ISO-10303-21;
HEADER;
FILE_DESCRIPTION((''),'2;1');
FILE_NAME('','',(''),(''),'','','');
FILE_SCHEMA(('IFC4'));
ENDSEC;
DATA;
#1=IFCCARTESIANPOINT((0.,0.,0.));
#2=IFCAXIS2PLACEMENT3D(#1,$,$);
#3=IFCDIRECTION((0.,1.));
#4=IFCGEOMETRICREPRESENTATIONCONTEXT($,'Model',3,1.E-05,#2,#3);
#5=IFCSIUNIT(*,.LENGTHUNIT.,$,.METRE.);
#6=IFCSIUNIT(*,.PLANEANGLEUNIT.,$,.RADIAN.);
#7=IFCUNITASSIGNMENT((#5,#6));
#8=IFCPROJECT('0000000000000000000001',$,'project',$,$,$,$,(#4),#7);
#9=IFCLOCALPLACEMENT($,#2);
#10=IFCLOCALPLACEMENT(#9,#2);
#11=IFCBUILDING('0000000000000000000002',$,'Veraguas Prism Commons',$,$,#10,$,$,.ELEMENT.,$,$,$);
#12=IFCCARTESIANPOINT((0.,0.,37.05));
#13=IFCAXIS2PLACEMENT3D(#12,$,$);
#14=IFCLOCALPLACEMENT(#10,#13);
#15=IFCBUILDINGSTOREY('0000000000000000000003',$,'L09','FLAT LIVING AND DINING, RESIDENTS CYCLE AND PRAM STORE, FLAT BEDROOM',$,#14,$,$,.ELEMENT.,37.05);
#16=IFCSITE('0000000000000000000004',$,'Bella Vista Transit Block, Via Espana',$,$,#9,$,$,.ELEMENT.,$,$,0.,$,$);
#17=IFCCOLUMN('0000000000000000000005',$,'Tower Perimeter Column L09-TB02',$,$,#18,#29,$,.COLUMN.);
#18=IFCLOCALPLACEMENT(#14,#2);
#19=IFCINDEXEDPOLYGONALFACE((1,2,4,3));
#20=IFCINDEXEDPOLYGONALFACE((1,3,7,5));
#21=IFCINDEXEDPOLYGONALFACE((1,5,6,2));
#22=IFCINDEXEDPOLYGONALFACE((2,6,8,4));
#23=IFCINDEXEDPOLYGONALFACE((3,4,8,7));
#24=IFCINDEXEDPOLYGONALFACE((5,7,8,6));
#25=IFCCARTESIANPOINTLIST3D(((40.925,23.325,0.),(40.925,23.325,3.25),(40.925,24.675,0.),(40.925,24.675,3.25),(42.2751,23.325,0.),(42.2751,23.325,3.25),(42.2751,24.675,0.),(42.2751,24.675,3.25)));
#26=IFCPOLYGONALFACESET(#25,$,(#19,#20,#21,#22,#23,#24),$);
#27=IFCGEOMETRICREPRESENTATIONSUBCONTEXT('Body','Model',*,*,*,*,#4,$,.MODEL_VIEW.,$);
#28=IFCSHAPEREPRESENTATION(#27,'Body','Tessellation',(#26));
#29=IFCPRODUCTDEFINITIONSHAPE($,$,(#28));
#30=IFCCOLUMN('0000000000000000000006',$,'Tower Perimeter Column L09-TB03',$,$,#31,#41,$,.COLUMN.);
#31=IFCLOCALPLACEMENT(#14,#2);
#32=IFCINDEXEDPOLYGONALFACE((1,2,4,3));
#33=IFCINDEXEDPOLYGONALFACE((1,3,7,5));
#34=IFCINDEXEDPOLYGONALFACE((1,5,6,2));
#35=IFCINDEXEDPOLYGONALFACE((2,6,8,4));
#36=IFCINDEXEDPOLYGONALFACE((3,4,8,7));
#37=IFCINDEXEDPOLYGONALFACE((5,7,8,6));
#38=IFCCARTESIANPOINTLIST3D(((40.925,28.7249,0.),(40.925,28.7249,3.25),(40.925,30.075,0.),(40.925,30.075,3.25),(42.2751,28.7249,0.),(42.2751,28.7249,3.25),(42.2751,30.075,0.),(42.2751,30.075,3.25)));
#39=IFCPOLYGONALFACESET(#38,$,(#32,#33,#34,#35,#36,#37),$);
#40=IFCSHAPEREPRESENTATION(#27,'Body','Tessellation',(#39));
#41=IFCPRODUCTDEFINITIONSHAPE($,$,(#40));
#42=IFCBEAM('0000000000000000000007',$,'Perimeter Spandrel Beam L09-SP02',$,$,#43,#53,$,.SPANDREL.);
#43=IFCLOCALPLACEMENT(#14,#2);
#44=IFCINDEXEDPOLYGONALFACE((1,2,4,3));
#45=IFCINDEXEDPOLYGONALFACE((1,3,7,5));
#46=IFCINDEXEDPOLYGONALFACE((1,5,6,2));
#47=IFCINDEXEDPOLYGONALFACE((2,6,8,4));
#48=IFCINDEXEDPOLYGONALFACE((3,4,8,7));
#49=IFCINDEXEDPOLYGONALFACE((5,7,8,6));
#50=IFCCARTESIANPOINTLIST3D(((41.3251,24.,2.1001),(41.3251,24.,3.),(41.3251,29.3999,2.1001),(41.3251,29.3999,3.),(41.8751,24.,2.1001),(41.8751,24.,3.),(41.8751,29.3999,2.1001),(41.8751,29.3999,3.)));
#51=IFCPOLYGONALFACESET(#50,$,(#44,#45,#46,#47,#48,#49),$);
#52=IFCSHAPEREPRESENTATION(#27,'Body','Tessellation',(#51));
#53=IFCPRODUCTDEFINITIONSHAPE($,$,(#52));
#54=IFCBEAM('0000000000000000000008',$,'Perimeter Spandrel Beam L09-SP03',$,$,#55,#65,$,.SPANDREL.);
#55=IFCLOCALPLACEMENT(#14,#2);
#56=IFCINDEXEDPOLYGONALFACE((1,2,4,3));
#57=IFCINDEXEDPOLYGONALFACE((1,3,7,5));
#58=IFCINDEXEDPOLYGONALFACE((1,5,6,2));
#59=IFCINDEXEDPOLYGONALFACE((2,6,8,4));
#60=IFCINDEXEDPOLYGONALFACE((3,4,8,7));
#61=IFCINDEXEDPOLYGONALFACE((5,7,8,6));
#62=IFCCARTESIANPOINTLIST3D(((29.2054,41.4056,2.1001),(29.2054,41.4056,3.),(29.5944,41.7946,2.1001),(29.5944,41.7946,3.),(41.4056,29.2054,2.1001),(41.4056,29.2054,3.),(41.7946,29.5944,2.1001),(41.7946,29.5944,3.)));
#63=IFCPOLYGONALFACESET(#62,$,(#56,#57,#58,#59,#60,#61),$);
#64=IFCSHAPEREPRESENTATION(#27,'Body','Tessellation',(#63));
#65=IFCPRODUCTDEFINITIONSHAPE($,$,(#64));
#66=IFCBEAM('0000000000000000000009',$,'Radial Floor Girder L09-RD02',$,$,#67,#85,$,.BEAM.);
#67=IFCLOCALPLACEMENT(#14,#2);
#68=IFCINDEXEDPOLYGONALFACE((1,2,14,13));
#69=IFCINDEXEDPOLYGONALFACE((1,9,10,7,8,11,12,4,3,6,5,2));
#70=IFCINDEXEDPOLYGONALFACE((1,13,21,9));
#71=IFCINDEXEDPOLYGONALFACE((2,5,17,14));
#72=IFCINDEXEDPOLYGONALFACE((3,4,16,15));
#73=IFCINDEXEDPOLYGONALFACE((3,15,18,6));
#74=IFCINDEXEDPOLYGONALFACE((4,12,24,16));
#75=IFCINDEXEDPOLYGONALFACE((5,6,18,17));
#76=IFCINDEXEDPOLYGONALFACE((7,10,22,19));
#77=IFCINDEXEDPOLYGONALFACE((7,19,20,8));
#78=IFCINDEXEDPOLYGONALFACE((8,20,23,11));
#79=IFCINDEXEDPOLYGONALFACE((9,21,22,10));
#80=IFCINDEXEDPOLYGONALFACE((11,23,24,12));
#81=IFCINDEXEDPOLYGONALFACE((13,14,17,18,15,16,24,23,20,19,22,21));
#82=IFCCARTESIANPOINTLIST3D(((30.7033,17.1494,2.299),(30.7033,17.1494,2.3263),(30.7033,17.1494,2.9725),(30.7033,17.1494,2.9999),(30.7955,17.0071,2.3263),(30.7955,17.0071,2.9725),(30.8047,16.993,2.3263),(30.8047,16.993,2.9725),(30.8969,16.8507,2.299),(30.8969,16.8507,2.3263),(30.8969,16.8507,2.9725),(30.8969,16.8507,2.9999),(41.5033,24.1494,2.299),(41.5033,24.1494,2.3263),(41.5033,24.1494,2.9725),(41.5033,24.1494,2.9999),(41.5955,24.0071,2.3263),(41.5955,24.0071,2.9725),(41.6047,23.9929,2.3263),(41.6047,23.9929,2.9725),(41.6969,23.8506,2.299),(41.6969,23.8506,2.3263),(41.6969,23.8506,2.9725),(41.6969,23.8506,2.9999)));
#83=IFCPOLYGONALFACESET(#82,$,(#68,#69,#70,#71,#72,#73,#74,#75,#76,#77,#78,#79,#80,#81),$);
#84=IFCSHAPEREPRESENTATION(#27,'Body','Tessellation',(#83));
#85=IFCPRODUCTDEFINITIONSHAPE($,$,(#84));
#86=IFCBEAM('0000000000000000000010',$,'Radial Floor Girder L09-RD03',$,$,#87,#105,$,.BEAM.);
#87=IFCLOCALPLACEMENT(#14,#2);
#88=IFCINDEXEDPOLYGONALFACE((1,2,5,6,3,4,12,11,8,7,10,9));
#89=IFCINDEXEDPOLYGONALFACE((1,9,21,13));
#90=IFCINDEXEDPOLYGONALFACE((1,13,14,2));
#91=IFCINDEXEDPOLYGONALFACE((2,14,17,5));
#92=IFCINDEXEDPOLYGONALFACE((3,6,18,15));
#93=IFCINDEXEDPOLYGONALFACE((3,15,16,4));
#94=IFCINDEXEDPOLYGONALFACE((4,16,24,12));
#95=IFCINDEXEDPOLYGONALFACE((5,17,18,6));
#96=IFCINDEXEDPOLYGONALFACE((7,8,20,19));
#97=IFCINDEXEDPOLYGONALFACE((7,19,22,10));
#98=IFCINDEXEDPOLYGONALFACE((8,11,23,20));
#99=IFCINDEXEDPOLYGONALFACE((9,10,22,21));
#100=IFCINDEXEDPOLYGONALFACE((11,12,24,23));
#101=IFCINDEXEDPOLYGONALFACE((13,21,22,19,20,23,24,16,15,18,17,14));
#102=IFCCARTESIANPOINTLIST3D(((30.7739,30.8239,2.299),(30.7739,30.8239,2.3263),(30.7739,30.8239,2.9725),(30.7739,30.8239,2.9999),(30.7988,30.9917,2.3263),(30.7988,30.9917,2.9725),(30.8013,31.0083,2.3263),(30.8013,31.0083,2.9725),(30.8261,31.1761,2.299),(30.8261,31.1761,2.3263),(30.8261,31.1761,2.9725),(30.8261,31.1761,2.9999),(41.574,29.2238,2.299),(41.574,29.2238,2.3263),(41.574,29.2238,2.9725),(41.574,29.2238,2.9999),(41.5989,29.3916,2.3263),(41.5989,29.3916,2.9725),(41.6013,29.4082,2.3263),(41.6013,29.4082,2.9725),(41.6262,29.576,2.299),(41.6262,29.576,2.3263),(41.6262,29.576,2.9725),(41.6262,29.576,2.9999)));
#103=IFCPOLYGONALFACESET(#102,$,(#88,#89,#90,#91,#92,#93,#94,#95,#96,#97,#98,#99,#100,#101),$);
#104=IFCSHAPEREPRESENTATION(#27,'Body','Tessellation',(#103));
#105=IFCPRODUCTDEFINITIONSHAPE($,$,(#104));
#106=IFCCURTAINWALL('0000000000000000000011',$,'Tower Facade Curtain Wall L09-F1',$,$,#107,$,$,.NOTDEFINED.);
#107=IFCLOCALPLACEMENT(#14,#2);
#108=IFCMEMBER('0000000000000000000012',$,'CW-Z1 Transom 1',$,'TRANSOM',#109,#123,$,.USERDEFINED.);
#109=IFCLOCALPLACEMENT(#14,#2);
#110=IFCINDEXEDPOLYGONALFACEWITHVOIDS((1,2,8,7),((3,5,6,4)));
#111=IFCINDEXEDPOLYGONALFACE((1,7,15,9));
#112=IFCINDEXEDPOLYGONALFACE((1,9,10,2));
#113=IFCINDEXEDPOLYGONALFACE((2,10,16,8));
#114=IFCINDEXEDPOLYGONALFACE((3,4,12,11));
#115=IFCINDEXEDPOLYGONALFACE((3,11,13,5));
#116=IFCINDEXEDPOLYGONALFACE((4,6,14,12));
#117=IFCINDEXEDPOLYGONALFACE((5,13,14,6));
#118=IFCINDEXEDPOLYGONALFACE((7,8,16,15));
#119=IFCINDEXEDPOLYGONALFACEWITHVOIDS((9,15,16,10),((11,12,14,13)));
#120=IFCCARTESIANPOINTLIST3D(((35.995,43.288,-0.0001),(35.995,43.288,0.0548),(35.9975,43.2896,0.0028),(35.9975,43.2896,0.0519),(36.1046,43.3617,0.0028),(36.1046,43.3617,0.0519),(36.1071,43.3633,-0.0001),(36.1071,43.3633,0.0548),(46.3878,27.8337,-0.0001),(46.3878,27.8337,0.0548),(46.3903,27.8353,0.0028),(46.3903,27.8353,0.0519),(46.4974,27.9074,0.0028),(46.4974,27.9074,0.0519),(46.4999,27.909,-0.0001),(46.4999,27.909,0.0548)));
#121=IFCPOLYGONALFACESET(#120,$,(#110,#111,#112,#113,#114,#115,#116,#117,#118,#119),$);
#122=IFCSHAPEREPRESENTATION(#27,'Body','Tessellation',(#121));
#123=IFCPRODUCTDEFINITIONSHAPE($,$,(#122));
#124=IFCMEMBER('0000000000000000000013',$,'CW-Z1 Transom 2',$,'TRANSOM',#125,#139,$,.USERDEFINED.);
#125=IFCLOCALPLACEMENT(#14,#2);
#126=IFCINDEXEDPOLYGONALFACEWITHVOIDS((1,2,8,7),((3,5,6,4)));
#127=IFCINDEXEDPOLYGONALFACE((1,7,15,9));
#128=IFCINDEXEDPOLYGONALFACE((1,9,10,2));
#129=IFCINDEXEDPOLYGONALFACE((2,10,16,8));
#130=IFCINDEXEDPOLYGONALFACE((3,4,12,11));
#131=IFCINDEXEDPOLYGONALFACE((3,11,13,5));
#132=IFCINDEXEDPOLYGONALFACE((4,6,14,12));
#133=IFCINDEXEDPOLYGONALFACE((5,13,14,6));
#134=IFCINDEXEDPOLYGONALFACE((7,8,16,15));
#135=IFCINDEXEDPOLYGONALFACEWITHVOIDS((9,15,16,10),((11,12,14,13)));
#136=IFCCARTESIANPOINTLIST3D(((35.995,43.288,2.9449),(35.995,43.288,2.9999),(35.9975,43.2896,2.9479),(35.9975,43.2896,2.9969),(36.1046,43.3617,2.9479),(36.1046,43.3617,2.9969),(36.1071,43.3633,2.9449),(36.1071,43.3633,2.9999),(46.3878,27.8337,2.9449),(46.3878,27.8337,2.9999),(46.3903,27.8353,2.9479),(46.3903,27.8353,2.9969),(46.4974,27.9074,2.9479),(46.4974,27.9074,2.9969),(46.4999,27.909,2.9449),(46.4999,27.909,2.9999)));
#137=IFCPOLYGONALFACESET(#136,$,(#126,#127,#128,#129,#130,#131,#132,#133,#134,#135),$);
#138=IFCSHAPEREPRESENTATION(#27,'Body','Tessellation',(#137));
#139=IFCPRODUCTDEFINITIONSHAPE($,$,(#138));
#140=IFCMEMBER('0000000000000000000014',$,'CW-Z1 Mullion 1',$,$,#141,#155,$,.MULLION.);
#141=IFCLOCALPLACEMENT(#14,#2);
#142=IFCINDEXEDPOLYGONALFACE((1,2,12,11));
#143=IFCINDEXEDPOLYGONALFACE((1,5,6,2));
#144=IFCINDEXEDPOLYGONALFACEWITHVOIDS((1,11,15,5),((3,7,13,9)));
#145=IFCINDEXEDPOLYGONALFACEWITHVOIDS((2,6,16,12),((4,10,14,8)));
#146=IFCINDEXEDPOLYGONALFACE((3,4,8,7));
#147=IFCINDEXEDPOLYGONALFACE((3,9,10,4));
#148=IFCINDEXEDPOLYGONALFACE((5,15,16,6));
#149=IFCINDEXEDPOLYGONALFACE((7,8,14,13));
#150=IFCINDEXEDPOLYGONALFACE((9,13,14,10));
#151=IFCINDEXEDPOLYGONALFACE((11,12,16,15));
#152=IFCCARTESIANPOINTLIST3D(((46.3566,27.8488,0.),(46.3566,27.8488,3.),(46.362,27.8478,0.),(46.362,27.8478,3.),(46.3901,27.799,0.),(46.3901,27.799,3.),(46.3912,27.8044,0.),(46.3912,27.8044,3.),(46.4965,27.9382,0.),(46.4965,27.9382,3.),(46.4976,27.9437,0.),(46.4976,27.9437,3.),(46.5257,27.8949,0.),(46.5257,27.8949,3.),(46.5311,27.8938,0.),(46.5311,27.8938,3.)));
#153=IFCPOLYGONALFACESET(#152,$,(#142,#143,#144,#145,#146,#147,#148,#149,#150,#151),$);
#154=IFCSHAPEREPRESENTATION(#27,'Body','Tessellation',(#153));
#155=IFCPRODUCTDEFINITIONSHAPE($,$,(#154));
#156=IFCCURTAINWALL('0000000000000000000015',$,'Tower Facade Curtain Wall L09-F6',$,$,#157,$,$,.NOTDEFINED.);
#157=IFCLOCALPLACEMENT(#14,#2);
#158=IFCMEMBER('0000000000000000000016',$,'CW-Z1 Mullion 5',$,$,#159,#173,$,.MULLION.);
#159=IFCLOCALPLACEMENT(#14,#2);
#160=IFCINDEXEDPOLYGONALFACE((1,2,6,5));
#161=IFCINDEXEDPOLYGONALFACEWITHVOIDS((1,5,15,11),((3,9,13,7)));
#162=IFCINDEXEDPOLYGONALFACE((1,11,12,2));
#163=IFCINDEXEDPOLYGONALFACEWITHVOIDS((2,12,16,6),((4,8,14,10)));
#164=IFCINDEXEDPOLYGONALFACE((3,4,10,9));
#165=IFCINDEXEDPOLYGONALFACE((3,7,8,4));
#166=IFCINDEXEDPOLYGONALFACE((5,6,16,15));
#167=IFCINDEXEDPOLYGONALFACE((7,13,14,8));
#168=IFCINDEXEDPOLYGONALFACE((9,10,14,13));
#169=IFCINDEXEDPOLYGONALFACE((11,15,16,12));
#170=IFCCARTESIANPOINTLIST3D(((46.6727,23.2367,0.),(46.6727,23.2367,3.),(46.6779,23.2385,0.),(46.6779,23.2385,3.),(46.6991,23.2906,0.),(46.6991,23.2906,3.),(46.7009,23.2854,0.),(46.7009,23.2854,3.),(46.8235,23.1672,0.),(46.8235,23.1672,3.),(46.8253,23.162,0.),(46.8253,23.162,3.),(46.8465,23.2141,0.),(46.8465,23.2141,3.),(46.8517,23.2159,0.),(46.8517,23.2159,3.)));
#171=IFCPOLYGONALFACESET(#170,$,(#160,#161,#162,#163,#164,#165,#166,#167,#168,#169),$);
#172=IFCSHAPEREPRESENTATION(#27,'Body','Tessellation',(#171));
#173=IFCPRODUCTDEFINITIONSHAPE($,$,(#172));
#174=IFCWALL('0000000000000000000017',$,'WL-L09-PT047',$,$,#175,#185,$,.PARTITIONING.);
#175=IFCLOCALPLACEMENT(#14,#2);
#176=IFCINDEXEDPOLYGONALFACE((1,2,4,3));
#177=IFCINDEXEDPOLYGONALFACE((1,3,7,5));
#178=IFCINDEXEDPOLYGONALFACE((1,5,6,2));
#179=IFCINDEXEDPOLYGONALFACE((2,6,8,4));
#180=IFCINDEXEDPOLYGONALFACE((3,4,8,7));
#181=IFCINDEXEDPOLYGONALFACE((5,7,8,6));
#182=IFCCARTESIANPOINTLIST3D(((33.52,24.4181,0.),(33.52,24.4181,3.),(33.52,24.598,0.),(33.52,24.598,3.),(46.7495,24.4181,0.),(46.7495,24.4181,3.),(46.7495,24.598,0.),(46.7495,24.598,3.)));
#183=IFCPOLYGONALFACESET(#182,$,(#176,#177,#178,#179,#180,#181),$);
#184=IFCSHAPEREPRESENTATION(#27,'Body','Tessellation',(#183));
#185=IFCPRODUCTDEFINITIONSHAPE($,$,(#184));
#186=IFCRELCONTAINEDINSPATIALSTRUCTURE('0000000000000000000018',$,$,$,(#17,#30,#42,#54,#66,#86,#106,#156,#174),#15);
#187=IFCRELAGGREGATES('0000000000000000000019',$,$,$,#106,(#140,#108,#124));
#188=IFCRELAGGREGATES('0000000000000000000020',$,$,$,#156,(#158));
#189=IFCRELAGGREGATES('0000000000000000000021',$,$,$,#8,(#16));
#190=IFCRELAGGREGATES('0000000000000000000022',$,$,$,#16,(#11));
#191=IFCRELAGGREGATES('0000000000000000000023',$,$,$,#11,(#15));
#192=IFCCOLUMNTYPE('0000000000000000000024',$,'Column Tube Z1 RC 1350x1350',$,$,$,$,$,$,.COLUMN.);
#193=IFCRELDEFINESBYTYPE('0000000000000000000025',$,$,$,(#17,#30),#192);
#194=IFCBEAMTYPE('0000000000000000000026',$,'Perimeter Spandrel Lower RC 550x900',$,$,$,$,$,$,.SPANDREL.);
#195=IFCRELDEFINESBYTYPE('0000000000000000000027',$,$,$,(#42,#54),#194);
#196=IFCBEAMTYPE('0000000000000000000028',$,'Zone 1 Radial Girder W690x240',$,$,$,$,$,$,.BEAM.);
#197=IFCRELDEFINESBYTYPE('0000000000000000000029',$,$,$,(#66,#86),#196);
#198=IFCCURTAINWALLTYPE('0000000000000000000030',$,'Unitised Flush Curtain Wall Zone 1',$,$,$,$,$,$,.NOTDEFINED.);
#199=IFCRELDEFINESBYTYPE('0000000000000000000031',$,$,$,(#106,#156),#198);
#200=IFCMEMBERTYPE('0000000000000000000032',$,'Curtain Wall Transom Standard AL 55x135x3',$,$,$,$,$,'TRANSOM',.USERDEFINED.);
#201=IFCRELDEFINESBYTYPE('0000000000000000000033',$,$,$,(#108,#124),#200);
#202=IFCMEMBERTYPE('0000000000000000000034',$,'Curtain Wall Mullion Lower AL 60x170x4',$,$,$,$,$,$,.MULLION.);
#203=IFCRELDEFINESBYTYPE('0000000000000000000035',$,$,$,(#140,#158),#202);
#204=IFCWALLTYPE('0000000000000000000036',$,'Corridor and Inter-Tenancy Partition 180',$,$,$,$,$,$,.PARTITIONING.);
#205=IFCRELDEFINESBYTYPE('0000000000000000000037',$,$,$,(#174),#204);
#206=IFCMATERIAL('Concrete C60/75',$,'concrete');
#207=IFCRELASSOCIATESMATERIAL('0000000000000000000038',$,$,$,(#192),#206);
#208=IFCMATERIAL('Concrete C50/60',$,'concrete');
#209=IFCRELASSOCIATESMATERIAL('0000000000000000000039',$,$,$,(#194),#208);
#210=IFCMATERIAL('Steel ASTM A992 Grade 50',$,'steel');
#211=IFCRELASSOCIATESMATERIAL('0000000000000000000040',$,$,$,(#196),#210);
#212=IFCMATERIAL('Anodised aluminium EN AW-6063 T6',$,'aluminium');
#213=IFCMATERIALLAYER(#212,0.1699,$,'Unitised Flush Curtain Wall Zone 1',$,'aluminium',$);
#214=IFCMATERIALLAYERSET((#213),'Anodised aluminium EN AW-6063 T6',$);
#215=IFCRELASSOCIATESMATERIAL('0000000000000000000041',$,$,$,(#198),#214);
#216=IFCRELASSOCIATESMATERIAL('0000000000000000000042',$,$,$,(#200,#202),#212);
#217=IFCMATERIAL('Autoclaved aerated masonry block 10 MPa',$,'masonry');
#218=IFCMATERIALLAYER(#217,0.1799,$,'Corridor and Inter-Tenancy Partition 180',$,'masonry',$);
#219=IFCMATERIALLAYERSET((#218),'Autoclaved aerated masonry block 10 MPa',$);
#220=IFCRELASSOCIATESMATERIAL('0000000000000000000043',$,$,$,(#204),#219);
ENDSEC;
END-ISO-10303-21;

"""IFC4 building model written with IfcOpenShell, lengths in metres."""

from ifc_helpers import new_model, si_unit, direction, frame, frame_2d, origin, origin_2d, place, context, subcontext, project, spatial, rectangle, hollow_rectangle, i_section, extrude, source, transform, mapped, material, layer, layer_set, material_profile, profile_set, type_object, element, aggregate, save


model = new_model("IFC4")

# Units and contexts
model_context = context("Model", 3, precision=1e-05, world=origin(), true_north=direction((0.0, 1.0)))
body_context = subcontext(model_context, "Body", "Model", "MODEL_VIEW")
ifc_project = project(units=[si_unit("LENGTHUNIT", "METRE"), si_unit("PLANEANGLEUNIT", "RADIAN")], contexts=[model_context])

# Site, building, storey
site_placement = place(None, origin())
site = spatial("IfcSite", under=ifc_project, at=site_placement, Name="Bella Vista Transit Block, Via Espana", CompositionType="ELEMENT", RefElevation=0.0)
building_placement = place(site_placement, origin())
building = spatial("IfcBuilding", under=site, at=building_placement, Name="Veraguas Prism Commons", CompositionType="ELEMENT")
storey_placement = place(building_placement, frame((0.0, 0.0, 37.05)))
storey = spatial("IfcBuildingStorey", under=building, at=storey_placement, Name="L09", Description="FLAT LIVING AND DINING, RESIDENTS CYCLE AND PRAM STORE, FLAT BEDROOM", CompositionType="ELEMENT", Elevation=37.05)

# Columns
ifc_material_1 = material(Name="Concrete C60/75", Category="concrete")
ifc_material_profile_1 = material_profile(ifc_material_1, rectangle(XDim=1.3501, YDim=1.3501, at=origin_2d()), Name="RC1350X1350")
ifc_profile_set_1 = profile_set([ifc_material_profile_1], Name="Concrete C60/75")
column_type = type_object("IfcColumnType", Name="Column Tube Z1 RC 1350x1350", PredefinedType="COLUMN", material=ifc_profile_set_1)
for number, where, z_axis, x_axis, name in (
    (1, (41.6001, 24.0, 0.0), (0.0, 0.0, 1.0), (1.0, 0.0, 0.0), "Tower Perimeter Column L09-TB02"),
    (2, (41.6001, 29.3999, 0.0), (0.0, 0.0, 1.0), (1.0, 0.0, 0.0), "Tower Perimeter Column L09-TB03"),
):
    element("IfcColumn", number, at=place(storey_placement, frame(where, z_axis=z_axis, x_axis=x_axis)), inside=storey, type_object=column_type, Name=name, PredefinedType="COLUMN", context=body_context, shape_type="SweptSolid", body=[
        extrude(rectangle(XDim=1.3501, YDim=1.3501, at=origin_2d()), origin(), (0.0, 0.0, 1.0), 3.25),
    ])

# Beams
ifc_material_2 = material(Name="Concrete C50/60", Category="concrete")
ifc_material_profile_2 = material_profile(ifc_material_2, rectangle(XDim=0.55, YDim=0.8999, at=origin_2d()), Name="RC550X900")
ifc_profile_set_2 = profile_set([ifc_material_profile_2], Name="Concrete C50/60")
beam_type_1 = type_object("IfcBeamType", Name="Perimeter Spandrel Lower RC 550x900", PredefinedType="SPANDREL", material=ifc_profile_set_2)
beam_1_placement = place(storey_placement, frame((41.6001, 24.0, 2.55), z_axis=(0.0, 1.0, 0.0), x_axis=(-1.0, 0.0, 0.0)))
element("IfcBeam", 3, at=beam_1_placement, inside=storey, type_object=beam_type_1, Name="Perimeter Spandrel Beam L09-SP02", PredefinedType="SPANDREL", context=body_context, shape_type="SweptSolid", body=[
    extrude(rectangle(XDim=0.55, YDim=0.8999, at=origin_2d()), origin(), (0.0, 0.0, 1.0), 5.3999),
])
beam_2_placement = place(storey_placement, frame((41.6001, 29.3999, 2.55), z_axis=(-0.707107, 0.707107, 0.0), x_axis=(-0.707107, -0.707107, 0.0)))
element("IfcBeam", 4, at=beam_2_placement, inside=storey, type_object=beam_type_1, Name="Perimeter Spandrel Beam L09-SP03", PredefinedType="SPANDREL", context=body_context, shape_type="SweptSolid", body=[
    extrude(rectangle(XDim=0.55, YDim=0.8999, at=origin_2d()), origin(), (0.0, 0.0, 1.0), 17.2537),
])
ifc_material_3 = material(Name="Steel ASTM A992 Grade 50", Category="steel")
ifc_material_profile_3 = material_profile(ifc_material_3, i_section(OverallWidth=0.356, OverallDepth=0.7009, WebThickness=0.0168, FlangeThickness=0.0273, at=origin_2d()), Name="W690X240")
ifc_profile_set_3 = profile_set([ifc_material_profile_3], Name="Steel ASTM A992 Grade 50")
beam_type_2 = type_object("IfcBeamType", Name="Zone 1 Radial Girder W690x240", PredefinedType="BEAM", material=ifc_profile_set_3)
beam_3_placement = place(storey_placement, frame((41.6001, 24.0, 2.6494), z_axis=(-0.839154, -0.543894, 0.0), x_axis=(0.543894, -0.839154, 0.0)))
element("IfcBeam", 5, at=beam_3_placement, inside=storey, type_object=beam_type_2, Name="Radial Floor Girder L09-RD02", PredefinedType="BEAM", context=body_context, shape_type="SweptSolid", body=[
    extrude(i_section(OverallWidth=0.356, OverallDepth=0.7009, WebThickness=0.0168, FlangeThickness=0.0273, at=origin_2d()), origin(), (0.0, 0.0, 1.0), 12.8701),
])
beam_4_placement = place(storey_placement, frame((41.6001, 29.3999, 2.6494), z_axis=(-0.989202, 0.146557, 0.0), x_axis=(-0.146557, -0.989202, 0.0)))
element("IfcBeam", 6, at=beam_4_placement, inside=storey, type_object=beam_type_2, Name="Radial Floor Girder L09-RD03", PredefinedType="BEAM", context=body_context, shape_type="SweptSolid", body=[
    extrude(i_section(OverallWidth=0.356, OverallDepth=0.7009, WebThickness=0.0168, FlangeThickness=0.0273, at=origin_2d()), origin(), (0.0, 0.0, 1.0), 10.918),
])

# Curtain wall, members
ifc_material_4 = material(Name="Anodised aluminium EN AW-6063 T6", Category="aluminium")
ifc_layer_1 = layer(ifc_material_4, 0.1699, Name="Unitised Flush Curtain Wall Zone 1", Category="aluminium")
ifc_layer_set_1 = layer_set([ifc_layer_1], Name="Anodised aluminium EN AW-6063 T6")
curtain_wall_type = type_object("IfcCurtainWallType", Name="Unitised Flush Curtain Wall Zone 1", PredefinedType="NOTDEFINED", material=ifc_layer_set_1)
curtain_wall_1_placement = place(storey_placement, origin())
curtain_wall_1 = element("IfcCurtainWall", 7, at=curtain_wall_1_placement, inside=storey, type_object=curtain_wall_type, Name="Tower Facade Curtain Wall L09-F1", PredefinedType="NOTDEFINED")
ifc_material_profile_4 = material_profile(ifc_material_4, hollow_rectangle(XDim=0.0549, YDim=0.135, WallThickness=0.0029, at=origin_2d()), Name="AL55X135X3")
ifc_profile_set_4 = profile_set([ifc_material_profile_4], Name="Anodised aluminium EN AW-6063 T6")
member_type_1 = type_object("IfcMemberType", Name="Curtain Wall Transom Standard AL 55x135x3", ElementType="TRANSOM", PredefinedType="USERDEFINED", material=ifc_profile_set_4)
shared_shape_1 = source(origin(), body_context, "Body", "SweptSolid", [
    extrude(hollow_rectangle(XDim=0.0549, YDim=0.135, WallThickness=0.0029, at=origin_2d()), origin(), (0.0, 0.0, 1.0), 18.6238),
])
member_1_placement = place(storey_placement, frame((46.4438, 27.8713, 0.0273), z_axis=(-0.558039, 0.829815, 0.0), x_axis=(0.0, 0.0, 1.0)))
member_1 = element("IfcMember", 8, at=member_1_placement, type_object=member_type_1, Name="CW-Z1 Transom 1", ObjectType="TRANSOM", PredefinedType="USERDEFINED", context=body_context, shape_type="MappedRepresentation", body=[
    mapped(shared_shape_1, transform((0.0, 0.0, 0.0), scale=1.0)),
])
member_2_placement = place(storey_placement, frame((46.4438, 27.8713, 2.9724), z_axis=(-0.558039, 0.829815, 0.0), x_axis=(0.0, 0.0, 1.0)))
member_2 = element("IfcMember", 9, at=member_2_placement, type_object=member_type_1, Name="CW-Z1 Transom 2", ObjectType="TRANSOM", PredefinedType="USERDEFINED", context=body_context, shape_type="MappedRepresentation", body=[
    mapped(shared_shape_1, transform((0.0, 0.0, 0.0), scale=1.0)),
])
ifc_material_profile_5 = material_profile(ifc_material_4, hollow_rectangle(XDim=0.0601, YDim=0.1699, WallThickness=0.0039, at=origin_2d()), Name="AL60X170X4")
ifc_profile_set_5 = profile_set([ifc_material_profile_5], Name="Anodised aluminium EN AW-6063 T6")
member_type_2 = type_object("IfcMemberType", Name="Curtain Wall Mullion Lower AL 60x170x4", PredefinedType="MULLION", material=ifc_profile_set_5)
shared_shape_2 = source(origin(), body_context, "Body", "SweptSolid", [
    extrude(hollow_rectangle(XDim=0.0601, YDim=0.1699, WallThickness=0.0039, at=origin_2d()), origin(), (0.0, 0.0, 1.0), 3.0),
])
member_3_placement = place(storey_placement, frame((46.4438, 27.8713, 0.0), z_axis=(0.0, 0.0, 1.0), x_axis=(-0.558035, 0.829818, 0.0)))
member_3 = element("IfcMember", 10, at=member_3_placement, type_object=member_type_2, Name="CW-Z1 Mullion 1", PredefinedType="MULLION", context=body_context, shape_type="MappedRepresentation", body=[
    mapped(shared_shape_2, transform((0.0, 0.0, 0.0), scale=1.0)),
])
aggregate(curtain_wall_1, [member_3, member_1, member_2])

# Curtain wall, member
curtain_wall_2_placement = place(storey_placement, origin())
curtain_wall_2 = element("IfcCurtainWall", 11, at=curtain_wall_2_placement, inside=storey, type_object=curtain_wall_type, Name="Tower Facade Curtain Wall L09-F6", PredefinedType="NOTDEFINED")
member_4_placement = place(storey_placement, frame((46.7622, 23.2263, 0.0), z_axis=(0.0, 0.0, 1.0), x_axis=(0.439626, 0.898181, 0.0)))
member_4 = element("IfcMember", 12, at=member_4_placement, type_object=member_type_2, Name="CW-Z1 Mullion 5", PredefinedType="MULLION", context=body_context, shape_type="MappedRepresentation", body=[
    mapped(shared_shape_2, transform((0.0, 0.0, 0.0), scale=1.0)),
])
aggregate(curtain_wall_2, [member_4])

# Wall
ifc_material_5 = material(Name="Autoclaved aerated masonry block 10 MPa", Category="masonry")
ifc_layer_2 = layer(ifc_material_5, 0.1799, Name="Corridor and Inter-Tenancy Partition 180", Category="masonry")
ifc_layer_set_2 = layer_set([ifc_layer_2], Name="Autoclaved aerated masonry block 10 MPa")
wall_type_1 = type_object("IfcWallType", Name="Corridor and Inter-Tenancy Partition 180", PredefinedType="PARTITIONING", material=ifc_layer_set_2)
wall_1_placement = place(storey_placement, frame((33.52, 24.5081, 0.0), z_axis=(0.0, 0.0, 1.0), x_axis=(1.0, 0.0, 0.0)))
element("IfcWall", 13, at=wall_1_placement, inside=storey, type_object=wall_type_1, Name="WL-L09-PT047", PredefinedType="PARTITIONING", context=body_context, shape_type="SweptSolid", body=[
    extrude(rectangle(XDim=13.2295, YDim=0.1799, at=frame_2d((6.6147, 0.0))), origin(), (0.0, 0.0, 1.0), 3.0),
])

save(model, "model.ifc")
